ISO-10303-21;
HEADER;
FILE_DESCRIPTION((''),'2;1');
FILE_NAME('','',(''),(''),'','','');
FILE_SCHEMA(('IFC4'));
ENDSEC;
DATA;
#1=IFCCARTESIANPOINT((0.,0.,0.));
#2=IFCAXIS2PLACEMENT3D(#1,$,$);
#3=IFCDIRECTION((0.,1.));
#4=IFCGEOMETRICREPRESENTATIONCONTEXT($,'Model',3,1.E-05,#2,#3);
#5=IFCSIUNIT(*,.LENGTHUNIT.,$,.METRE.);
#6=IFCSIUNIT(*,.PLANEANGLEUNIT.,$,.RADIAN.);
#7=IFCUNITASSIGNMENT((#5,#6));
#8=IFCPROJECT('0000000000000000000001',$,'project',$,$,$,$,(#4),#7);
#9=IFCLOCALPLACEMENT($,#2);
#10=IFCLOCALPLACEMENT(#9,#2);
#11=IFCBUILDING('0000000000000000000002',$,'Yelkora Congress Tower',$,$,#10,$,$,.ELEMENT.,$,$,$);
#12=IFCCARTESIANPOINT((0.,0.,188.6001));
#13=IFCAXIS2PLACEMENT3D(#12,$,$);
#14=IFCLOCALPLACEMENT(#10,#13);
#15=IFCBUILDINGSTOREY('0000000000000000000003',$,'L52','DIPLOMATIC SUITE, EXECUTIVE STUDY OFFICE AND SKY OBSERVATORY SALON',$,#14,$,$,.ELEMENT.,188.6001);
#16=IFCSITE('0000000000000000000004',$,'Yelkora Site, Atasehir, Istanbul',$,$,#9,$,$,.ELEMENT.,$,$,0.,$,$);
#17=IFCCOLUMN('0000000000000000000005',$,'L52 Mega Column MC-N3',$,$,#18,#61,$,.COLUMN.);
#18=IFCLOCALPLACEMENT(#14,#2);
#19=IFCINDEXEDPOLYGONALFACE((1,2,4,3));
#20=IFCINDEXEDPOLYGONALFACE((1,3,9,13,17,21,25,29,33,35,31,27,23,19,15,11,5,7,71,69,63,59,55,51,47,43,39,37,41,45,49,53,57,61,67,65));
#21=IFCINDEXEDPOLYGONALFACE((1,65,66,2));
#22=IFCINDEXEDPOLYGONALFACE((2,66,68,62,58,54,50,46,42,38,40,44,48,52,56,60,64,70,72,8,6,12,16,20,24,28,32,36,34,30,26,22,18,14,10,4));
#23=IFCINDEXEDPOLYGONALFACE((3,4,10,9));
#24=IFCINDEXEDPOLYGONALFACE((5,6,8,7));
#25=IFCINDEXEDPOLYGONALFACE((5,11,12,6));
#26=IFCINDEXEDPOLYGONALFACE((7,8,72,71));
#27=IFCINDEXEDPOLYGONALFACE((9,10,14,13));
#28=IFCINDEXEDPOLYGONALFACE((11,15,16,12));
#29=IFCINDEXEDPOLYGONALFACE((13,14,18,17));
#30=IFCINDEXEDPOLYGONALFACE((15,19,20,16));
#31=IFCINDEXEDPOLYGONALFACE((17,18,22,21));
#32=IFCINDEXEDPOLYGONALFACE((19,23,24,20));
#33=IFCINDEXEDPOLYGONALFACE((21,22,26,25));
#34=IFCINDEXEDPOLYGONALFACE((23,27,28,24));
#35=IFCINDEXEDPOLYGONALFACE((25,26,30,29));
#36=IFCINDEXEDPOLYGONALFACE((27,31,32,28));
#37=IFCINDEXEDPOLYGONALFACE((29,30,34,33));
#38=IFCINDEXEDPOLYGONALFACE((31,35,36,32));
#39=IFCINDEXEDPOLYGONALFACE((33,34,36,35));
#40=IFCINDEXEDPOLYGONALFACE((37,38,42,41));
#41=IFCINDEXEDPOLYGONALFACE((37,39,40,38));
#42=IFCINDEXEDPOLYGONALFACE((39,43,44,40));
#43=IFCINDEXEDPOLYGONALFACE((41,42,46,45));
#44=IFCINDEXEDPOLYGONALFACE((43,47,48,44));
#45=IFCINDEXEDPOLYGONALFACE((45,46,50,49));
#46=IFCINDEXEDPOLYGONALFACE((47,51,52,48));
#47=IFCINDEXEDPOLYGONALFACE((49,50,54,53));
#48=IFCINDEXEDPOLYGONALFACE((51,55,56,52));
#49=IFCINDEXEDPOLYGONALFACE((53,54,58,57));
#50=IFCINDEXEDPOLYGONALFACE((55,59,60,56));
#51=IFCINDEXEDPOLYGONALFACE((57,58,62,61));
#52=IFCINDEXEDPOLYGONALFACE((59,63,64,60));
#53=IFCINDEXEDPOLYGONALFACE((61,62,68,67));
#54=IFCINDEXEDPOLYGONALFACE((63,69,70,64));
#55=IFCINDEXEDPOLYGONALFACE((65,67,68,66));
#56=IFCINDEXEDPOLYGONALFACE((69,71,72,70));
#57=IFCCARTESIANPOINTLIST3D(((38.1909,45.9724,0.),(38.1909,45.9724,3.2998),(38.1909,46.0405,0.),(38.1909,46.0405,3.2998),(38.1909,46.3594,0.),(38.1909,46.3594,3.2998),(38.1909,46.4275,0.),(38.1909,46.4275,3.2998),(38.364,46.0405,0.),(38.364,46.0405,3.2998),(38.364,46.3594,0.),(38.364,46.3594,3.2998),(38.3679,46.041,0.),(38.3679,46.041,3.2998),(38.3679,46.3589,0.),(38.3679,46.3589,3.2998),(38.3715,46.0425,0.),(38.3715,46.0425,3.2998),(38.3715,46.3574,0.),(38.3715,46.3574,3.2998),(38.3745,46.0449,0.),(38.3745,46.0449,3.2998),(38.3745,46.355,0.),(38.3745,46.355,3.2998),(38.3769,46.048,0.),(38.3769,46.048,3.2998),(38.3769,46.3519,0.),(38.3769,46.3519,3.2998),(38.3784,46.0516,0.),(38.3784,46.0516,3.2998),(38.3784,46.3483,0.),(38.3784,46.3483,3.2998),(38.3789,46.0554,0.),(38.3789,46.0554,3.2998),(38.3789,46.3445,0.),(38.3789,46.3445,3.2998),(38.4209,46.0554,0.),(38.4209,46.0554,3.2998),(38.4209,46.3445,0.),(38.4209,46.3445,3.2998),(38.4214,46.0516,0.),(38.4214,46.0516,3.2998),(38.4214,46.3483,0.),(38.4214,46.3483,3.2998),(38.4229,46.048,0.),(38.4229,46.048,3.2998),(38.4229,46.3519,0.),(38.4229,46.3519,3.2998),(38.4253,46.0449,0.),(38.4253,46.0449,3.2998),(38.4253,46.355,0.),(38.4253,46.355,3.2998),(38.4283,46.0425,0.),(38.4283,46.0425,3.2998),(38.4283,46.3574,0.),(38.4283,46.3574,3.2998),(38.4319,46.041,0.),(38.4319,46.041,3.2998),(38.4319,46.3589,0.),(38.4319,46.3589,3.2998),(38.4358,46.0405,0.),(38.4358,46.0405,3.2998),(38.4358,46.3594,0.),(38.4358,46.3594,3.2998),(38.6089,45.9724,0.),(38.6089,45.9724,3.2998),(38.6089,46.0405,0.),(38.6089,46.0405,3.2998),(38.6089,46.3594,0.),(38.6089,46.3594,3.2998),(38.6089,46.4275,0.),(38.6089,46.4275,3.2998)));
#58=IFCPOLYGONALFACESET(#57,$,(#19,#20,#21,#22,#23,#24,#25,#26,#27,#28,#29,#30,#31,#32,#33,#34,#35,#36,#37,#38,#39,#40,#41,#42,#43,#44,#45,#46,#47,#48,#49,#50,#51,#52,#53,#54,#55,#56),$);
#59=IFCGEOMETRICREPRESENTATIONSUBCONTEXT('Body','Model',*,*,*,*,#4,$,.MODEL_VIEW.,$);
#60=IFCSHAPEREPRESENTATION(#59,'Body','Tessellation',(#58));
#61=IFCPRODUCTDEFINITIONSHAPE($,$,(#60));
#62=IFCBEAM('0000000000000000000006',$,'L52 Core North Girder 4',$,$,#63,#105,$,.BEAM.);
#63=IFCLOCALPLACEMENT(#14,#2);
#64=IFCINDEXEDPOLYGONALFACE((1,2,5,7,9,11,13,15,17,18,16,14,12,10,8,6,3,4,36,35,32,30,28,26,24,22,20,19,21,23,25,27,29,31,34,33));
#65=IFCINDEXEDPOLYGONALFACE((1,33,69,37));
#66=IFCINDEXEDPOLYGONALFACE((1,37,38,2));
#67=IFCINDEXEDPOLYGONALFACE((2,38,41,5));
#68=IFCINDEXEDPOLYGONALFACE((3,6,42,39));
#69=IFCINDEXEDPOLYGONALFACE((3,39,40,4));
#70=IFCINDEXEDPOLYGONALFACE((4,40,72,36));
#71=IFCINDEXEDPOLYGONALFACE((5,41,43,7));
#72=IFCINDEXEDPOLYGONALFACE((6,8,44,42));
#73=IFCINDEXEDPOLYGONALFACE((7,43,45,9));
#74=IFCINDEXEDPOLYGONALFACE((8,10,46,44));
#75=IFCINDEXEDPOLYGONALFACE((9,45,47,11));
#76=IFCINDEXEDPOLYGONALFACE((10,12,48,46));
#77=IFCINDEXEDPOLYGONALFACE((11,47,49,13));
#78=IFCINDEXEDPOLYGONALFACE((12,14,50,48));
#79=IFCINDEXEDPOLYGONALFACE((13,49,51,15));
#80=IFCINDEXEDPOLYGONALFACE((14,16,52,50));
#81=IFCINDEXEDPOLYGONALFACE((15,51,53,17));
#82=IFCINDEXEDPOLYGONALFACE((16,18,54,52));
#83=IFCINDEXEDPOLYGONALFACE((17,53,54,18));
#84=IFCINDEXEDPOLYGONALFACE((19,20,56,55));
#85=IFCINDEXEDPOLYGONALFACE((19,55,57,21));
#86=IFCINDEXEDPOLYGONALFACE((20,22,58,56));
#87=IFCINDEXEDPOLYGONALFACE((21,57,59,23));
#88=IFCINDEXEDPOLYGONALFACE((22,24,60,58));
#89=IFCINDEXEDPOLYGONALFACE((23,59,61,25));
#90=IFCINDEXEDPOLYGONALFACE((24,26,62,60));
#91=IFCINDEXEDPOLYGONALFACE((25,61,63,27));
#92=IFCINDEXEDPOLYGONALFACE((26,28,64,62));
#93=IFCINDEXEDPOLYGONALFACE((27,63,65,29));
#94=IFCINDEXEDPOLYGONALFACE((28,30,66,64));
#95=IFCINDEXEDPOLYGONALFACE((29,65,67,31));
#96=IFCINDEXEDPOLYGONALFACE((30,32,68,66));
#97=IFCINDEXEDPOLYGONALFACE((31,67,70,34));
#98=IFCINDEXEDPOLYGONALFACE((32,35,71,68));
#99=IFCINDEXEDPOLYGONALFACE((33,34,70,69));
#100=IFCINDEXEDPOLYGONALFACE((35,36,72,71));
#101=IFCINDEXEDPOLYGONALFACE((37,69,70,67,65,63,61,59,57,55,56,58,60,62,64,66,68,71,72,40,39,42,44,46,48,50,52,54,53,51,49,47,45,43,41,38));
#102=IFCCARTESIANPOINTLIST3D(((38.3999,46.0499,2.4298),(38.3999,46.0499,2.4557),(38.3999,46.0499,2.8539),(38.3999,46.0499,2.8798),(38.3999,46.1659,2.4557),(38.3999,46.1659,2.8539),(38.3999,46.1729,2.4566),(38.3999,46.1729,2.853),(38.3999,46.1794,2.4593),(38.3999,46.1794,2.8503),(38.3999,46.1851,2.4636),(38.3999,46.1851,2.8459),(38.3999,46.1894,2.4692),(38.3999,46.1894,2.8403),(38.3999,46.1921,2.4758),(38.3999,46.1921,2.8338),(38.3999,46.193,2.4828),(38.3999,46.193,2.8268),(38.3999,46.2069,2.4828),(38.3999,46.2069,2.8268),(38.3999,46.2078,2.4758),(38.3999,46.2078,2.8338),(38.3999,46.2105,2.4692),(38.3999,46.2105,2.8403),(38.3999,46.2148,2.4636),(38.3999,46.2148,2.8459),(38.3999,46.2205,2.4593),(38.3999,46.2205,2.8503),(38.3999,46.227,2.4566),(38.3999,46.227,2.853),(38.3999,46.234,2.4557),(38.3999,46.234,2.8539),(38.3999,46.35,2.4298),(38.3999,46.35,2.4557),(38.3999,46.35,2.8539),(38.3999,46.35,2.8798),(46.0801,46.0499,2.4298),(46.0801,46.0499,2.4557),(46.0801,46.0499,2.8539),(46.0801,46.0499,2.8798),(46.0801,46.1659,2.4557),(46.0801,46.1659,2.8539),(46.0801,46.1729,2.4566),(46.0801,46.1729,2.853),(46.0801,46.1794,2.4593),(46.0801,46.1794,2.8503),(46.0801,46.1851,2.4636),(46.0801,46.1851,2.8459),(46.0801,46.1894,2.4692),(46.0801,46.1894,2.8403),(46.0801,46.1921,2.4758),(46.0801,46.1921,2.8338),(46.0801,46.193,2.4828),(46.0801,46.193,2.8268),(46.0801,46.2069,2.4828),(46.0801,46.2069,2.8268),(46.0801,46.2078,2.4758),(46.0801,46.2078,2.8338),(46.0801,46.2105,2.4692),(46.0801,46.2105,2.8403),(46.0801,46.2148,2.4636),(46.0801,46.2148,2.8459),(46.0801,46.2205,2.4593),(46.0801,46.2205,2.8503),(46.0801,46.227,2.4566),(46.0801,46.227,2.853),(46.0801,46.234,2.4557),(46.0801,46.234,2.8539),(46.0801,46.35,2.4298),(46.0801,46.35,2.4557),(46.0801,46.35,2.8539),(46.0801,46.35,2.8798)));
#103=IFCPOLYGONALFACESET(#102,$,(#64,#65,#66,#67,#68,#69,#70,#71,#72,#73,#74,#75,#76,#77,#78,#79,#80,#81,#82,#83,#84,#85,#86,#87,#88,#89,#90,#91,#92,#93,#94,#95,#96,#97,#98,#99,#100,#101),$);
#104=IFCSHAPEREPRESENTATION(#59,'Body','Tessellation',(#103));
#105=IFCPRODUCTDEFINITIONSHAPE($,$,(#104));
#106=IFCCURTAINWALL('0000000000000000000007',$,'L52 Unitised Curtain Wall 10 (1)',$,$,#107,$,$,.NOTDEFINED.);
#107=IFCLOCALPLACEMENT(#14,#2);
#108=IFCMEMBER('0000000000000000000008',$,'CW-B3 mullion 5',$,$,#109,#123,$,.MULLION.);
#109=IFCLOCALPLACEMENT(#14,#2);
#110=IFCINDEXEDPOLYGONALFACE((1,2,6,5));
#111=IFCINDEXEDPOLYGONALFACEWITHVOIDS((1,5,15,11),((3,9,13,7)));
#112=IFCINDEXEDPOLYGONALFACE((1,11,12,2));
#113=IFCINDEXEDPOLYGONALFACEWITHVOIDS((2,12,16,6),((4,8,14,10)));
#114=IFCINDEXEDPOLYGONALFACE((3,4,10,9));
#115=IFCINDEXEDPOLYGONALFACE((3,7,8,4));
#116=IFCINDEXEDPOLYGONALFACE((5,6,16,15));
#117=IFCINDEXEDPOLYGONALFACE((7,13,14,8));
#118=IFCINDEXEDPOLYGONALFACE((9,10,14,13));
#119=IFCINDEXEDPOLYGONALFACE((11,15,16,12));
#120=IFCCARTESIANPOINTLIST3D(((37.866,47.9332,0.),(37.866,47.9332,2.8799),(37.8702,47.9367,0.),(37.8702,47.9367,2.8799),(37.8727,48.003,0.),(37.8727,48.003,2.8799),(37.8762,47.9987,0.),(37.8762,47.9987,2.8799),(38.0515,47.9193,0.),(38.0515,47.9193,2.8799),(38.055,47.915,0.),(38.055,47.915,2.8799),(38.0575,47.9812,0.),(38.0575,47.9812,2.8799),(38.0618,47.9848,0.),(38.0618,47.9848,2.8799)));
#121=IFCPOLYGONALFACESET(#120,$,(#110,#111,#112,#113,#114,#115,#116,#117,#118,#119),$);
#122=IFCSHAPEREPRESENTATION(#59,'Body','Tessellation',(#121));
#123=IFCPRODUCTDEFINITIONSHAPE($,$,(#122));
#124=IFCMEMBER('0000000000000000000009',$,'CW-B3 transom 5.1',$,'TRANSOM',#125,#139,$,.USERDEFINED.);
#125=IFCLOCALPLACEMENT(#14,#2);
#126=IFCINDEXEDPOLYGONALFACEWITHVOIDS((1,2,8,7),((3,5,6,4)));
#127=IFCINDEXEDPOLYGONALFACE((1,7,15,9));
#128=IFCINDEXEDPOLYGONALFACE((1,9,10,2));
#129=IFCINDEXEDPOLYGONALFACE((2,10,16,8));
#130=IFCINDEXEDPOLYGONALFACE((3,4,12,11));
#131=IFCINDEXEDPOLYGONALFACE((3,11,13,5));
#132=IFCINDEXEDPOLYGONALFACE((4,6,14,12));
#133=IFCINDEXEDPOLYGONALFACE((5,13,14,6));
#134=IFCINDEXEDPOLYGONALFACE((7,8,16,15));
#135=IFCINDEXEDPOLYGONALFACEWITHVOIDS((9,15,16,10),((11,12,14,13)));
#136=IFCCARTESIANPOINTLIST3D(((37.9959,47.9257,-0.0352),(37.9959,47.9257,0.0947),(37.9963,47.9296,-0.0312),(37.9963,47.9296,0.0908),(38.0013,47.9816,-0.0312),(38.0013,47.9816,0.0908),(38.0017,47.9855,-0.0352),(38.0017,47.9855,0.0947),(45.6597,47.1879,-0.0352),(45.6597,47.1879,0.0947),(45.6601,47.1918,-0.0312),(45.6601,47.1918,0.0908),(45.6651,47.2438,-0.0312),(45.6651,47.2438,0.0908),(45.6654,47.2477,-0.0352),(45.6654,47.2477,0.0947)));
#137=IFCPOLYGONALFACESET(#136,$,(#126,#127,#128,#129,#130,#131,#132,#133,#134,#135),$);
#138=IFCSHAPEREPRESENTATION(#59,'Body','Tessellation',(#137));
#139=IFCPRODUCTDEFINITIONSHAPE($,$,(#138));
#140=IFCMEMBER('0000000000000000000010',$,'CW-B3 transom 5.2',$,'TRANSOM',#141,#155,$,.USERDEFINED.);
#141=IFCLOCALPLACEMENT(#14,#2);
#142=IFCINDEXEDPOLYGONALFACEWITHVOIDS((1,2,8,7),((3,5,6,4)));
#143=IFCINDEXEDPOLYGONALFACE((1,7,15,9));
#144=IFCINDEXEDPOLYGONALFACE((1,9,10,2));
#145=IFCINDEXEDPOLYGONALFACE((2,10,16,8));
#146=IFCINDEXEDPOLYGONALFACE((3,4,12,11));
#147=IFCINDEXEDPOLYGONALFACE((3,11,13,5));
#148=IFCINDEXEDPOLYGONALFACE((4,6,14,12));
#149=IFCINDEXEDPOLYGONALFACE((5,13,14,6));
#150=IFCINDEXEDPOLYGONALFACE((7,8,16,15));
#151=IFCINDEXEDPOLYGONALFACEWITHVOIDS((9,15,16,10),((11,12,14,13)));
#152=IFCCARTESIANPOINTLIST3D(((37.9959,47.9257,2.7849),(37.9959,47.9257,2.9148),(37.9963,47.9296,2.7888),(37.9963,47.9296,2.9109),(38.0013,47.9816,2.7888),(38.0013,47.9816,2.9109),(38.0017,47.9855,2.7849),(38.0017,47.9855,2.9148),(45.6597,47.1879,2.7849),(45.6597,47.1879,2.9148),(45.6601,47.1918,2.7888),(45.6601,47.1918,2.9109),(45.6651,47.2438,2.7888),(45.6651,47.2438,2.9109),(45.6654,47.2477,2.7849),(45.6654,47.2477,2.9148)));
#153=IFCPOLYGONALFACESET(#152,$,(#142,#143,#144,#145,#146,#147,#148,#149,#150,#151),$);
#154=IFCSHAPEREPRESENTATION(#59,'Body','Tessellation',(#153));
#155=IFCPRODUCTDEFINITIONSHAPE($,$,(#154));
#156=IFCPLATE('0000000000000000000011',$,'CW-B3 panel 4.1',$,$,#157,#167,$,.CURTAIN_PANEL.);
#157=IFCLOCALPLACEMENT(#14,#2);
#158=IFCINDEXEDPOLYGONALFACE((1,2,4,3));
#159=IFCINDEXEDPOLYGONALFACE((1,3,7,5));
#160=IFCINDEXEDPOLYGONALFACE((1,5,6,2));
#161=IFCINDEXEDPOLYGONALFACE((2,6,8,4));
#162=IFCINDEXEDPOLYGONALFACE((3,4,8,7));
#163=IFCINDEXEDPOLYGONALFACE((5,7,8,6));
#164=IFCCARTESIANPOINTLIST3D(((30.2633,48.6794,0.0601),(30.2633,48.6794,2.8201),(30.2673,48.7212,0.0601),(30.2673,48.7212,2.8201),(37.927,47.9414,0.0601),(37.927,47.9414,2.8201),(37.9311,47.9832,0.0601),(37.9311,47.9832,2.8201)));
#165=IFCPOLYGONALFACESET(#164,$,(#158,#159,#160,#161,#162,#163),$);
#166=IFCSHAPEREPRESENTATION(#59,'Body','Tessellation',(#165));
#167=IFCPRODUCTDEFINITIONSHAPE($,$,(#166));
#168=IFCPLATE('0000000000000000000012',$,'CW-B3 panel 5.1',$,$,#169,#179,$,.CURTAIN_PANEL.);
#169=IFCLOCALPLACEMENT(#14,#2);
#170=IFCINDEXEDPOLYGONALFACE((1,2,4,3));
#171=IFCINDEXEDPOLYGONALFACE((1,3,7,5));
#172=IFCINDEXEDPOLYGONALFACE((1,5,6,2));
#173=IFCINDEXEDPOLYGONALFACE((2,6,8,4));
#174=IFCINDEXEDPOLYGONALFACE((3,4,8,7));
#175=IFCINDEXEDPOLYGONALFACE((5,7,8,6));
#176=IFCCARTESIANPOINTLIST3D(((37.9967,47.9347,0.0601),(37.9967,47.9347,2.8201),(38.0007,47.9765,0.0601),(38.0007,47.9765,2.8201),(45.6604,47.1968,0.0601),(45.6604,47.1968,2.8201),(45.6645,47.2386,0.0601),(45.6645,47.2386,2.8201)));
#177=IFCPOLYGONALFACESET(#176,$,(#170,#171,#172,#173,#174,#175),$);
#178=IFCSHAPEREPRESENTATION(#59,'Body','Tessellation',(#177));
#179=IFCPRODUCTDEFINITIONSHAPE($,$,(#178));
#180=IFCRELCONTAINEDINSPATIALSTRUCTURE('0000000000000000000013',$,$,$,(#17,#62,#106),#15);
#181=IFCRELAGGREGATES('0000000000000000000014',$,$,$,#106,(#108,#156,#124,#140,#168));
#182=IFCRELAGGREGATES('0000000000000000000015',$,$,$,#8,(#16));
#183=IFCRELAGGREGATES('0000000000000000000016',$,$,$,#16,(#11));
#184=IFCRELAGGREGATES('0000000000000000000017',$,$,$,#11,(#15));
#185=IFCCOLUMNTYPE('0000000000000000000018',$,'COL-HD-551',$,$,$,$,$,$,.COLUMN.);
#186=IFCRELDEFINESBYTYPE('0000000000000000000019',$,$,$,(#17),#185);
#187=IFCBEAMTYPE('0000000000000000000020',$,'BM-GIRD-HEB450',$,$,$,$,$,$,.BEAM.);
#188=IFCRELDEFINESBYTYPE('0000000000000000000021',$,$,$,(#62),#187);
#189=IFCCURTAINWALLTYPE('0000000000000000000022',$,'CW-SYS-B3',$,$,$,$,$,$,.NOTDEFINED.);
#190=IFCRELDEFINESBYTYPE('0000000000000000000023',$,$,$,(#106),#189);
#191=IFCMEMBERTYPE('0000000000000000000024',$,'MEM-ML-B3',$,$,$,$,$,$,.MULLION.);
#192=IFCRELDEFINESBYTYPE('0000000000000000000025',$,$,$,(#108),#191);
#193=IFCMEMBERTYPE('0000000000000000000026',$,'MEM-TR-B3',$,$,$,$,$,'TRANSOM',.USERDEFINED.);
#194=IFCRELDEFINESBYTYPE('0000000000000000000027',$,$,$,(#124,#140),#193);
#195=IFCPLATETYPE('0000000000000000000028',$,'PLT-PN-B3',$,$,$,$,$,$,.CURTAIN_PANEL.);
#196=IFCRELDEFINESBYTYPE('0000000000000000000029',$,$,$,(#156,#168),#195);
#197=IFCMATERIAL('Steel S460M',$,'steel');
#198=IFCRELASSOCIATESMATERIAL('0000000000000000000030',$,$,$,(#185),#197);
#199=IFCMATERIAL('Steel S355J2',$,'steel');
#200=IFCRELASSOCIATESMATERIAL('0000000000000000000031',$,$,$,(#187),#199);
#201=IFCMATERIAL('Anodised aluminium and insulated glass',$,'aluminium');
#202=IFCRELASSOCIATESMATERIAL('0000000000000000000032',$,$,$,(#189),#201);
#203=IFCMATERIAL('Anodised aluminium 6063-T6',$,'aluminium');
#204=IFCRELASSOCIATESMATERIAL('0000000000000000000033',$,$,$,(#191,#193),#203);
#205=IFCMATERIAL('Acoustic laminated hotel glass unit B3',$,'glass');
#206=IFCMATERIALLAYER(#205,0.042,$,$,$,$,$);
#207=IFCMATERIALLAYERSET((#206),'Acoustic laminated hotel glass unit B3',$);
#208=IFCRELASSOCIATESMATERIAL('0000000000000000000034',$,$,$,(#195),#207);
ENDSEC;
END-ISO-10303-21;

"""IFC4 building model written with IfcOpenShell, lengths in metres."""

from ifc_helpers import new_model, si_unit, direction, frame, origin, origin_2d, place, context, subcontext, project, spatial, rectangle, hollow_rectangle, i_section, extrude, material, layer, layer_set, material_profile, profile_set, type_object, element, aggregate, save


model = new_model("IFC4")

# Units and contexts
model_context = context("Model", 3, precision=1e-05, world=origin(), true_north=direction((0.0, 1.0)))
body_context = subcontext(model_context, "Body", "Model", "MODEL_VIEW")
ifc_project = project(units=[si_unit("LENGTHUNIT", "METRE"), si_unit("PLANEANGLEUNIT", "RADIAN")], contexts=[model_context])

# Site, building, storey
site_placement = place(None, origin())
site = spatial("IfcSite", under=ifc_project, at=site_placement, Name="Yelkora Site, Atasehir, Istanbul", CompositionType="ELEMENT", RefElevation=0.0)
building_placement = place(site_placement, origin())
building = spatial("IfcBuilding", under=site, at=building_placement, Name="Yelkora Congress Tower", CompositionType="ELEMENT")
storey_placement = place(building_placement, frame((0.0, 0.0, 188.6001)))
storey = spatial("IfcBuildingStorey", under=building, at=storey_placement, Name="L52", Description="DIPLOMATIC SUITE, EXECUTIVE STUDY OFFICE AND SKY OBSERVATORY SALON", CompositionType="ELEMENT", Elevation=188.6001)

# Column
ifc_material_1 = material(Name="Steel S460M", Category="steel")
ifc_material_profile_1 = material_profile(ifc_material_1, i_section(OverallWidth=0.418, OverallDepth=0.4551, WebThickness=0.042, FlangeThickness=0.0681, FilletRadius=0.0149, at=origin_2d()), Name="HD 400x551")
ifc_profile_set_1 = profile_set([ifc_material_profile_1], Name="Steel S460M")
column_type = type_object("IfcColumnType", Name="COL-HD-551", PredefinedType="COLUMN", material=ifc_profile_set_1)
column_placement = place(storey_placement, frame((38.3999, 46.2, 0.0), z_axis=(0.0, 0.0, 1.0), x_axis=(1.0, 0.0, 0.0)))
element("IfcColumn", 1, at=column_placement, inside=storey, type_object=column_type, Name="L52 Mega Column MC-N3", PredefinedType="COLUMN", context=body_context, shape_type="SweptSolid", body=[
    extrude(i_section(OverallWidth=0.418, OverallDepth=0.4551, WebThickness=0.042, FlangeThickness=0.0681, FilletRadius=0.0149, at=origin_2d()), origin(), (0.0, 0.0, 1.0), 3.2998),
])

# Beam
ifc_material_2 = material(Name="Steel S355J2", Category="steel")
ifc_material_profile_2 = material_profile(ifc_material_2, i_section(OverallWidth=0.3, OverallDepth=0.45, WebThickness=0.0139, FlangeThickness=0.0259, FilletRadius=0.0271, at=origin_2d()), Name="HEB 450")
ifc_profile_set_2 = profile_set([ifc_material_profile_2], Name="Steel S355J2")
beam_type = type_object("IfcBeamType", Name="BM-GIRD-HEB450", PredefinedType="BEAM", material=ifc_profile_set_2)
beam_placement = place(storey_placement, frame((38.3999, 46.2, 2.6548), z_axis=(1.0, 0.0, 0.0), x_axis=(0.0, 1.0, 0.0)))
element("IfcBeam", 2, at=beam_placement, inside=storey, type_object=beam_type, Name="L52 Core North Girder 4", PredefinedType="BEAM", context=body_context, shape_type="SweptSolid", body=[
    extrude(i_section(OverallWidth=0.3, OverallDepth=0.45, WebThickness=0.0139, FlangeThickness=0.0259, FilletRadius=0.0271, at=origin_2d()), origin(), (0.0, 0.0, 1.0), 7.6802),
])

# Curtain wall, members, plates
ifc_material_3 = material(Name="Anodised aluminium and insulated glass", Category="aluminium")
curtain_wall_type = type_object("IfcCurtainWallType", Name="CW-SYS-B3", PredefinedType="NOTDEFINED", material=ifc_material_3)
curtain_wall_placement = place(storey_placement, origin())
curtain_wall = element("IfcCurtainWall", 3, at=curtain_wall_placement, inside=storey, type_object=curtain_wall_type, Name="L52 Unitised Curtain Wall 10 (1)", PredefinedType="NOTDEFINED")
ifc_material_4 = material(Name="Anodised aluminium 6063-T6", Category="aluminium")
ifc_material_profile_3 = material_profile(ifc_material_4, hollow_rectangle(XDim=0.0701, YDim=0.1899, WallThickness=0.0039, at=origin_2d()), Name="ALU 70x190x4")
ifc_profile_set_3 = profile_set([ifc_material_profile_3], Name="Anodised aluminium 6063-T6")
member_type_1 = type_object("IfcMemberType", Name="MEM-ML-B3", PredefinedType="MULLION", material=ifc_profile_set_3)
member_1_placement = place(storey_placement, frame((37.9639, 47.959, 0.0), z_axis=(0.0, 0.0, 1.0), x_axis=(0.095845, 0.995396, 0.0)))
member_1 = element("IfcMember", 4, at=member_1_placement, type_object=member_type_1, Name="CW-B3 mullion 5", PredefinedType="MULLION", context=body_context, shape_type="SweptSolid", body=[
    extrude(hollow_rectangle(XDim=0.0701, YDim=0.1899, WallThickness=0.0039, at=origin_2d()), origin(), (0.0, 0.0, 1.0), 2.8799),
])
ifc_material_profile_4 = material_profile(ifc_material_4, hollow_rectangle(XDim=0.0601, YDim=0.1299, WallThickness=0.0039, at=origin_2d()), Name="ALU 60x130x4")
ifc_profile_set_4 = profile_set([ifc_material_profile_4], Name="Anodised aluminium 6063-T6")
member_type_2 = type_object("IfcMemberType", Name="MEM-TR-B3", ElementType="TRANSOM", PredefinedType="USERDEFINED", material=ifc_profile_set_4)
member_2_placement = place(storey_placement, frame((37.9988, 47.9556, 0.0298), z_axis=(0.995398, -0.095827, 0.0), x_axis=(0.095827, 0.995398, 0.0)))
member_2 = element("IfcMember", 5, at=member_2_placement, type_object=member_type_2, Name="CW-B3 transom 5.1", ObjectType="TRANSOM", PredefinedType="USERDEFINED", context=body_context, shape_type="SweptSolid", body=[
    extrude(hollow_rectangle(XDim=0.0601, YDim=0.1299, WallThickness=0.0039, at=origin_2d()), origin(), (0.0, 0.0, 1.0), 7.6992),
])
member_3_placement = place(storey_placement, frame((37.9988, 47.9556, 2.8499), z_axis=(0.995398, -0.095827, 0.0), x_axis=(0.095827, 0.995398, 0.0)))
member_3 = element("IfcMember", 6, at=member_3_placement, type_object=member_type_2, Name="CW-B3 transom 5.2", ObjectType="TRANSOM", PredefinedType="USERDEFINED", context=body_context, shape_type="SweptSolid", body=[
    extrude(hollow_rectangle(XDim=0.0601, YDim=0.1299, WallThickness=0.0039, at=origin_2d()), origin(), (0.0, 0.0, 1.0), 7.6992),
])
ifc_material_5 = material(Name="Acoustic laminated hotel glass unit B3", Category="glass")
ifc_layer_1 = layer(ifc_material_5, 0.042)
ifc_layer_set_1 = layer_set([ifc_layer_1], Name="Acoustic laminated hotel glass unit B3")
plate_type = type_object("IfcPlateType", Name="PLT-PN-B3", PredefinedType="CURTAIN_PANEL", material=ifc_layer_set_1)
plate_1_placement = place(storey_placement, frame((34.0972, 48.3313, 0.0601), z_axis=(0.0, 0.0, 1.0), x_axis=(0.995396, -0.095845, 0.0)))
plate_1 = element("IfcPlate", 7, at=plate_1_placement, type_object=plate_type, Name="CW-B3 panel 4.1", PredefinedType="CURTAIN_PANEL", context=body_context, shape_type="SweptSolid", body=[
    extrude(rectangle(XDim=7.6992, YDim=0.042, at=origin_2d()), origin(), (0.0, 0.0, 1.0), 2.76),
])
plate_2_placement = place(storey_placement, frame((41.8306, 47.5867, 0.0601), z_axis=(0.0, 0.0, 1.0), x_axis=(0.995396, -0.095845, 0.0)))
plate_2 = element("IfcPlate", 8, at=plate_2_placement, type_object=plate_type, Name="CW-B3 panel 5.1", PredefinedType="CURTAIN_PANEL", context=body_context, shape_type="SweptSolid", body=[
    extrude(rectangle(XDim=7.6992, YDim=0.042, at=origin_2d()), origin(), (0.0, 0.0, 1.0), 2.76),
])
aggregate(curtain_wall, [member_1, plate_1, member_2, member_3, plate_2])

save(model, "model.ifc")
